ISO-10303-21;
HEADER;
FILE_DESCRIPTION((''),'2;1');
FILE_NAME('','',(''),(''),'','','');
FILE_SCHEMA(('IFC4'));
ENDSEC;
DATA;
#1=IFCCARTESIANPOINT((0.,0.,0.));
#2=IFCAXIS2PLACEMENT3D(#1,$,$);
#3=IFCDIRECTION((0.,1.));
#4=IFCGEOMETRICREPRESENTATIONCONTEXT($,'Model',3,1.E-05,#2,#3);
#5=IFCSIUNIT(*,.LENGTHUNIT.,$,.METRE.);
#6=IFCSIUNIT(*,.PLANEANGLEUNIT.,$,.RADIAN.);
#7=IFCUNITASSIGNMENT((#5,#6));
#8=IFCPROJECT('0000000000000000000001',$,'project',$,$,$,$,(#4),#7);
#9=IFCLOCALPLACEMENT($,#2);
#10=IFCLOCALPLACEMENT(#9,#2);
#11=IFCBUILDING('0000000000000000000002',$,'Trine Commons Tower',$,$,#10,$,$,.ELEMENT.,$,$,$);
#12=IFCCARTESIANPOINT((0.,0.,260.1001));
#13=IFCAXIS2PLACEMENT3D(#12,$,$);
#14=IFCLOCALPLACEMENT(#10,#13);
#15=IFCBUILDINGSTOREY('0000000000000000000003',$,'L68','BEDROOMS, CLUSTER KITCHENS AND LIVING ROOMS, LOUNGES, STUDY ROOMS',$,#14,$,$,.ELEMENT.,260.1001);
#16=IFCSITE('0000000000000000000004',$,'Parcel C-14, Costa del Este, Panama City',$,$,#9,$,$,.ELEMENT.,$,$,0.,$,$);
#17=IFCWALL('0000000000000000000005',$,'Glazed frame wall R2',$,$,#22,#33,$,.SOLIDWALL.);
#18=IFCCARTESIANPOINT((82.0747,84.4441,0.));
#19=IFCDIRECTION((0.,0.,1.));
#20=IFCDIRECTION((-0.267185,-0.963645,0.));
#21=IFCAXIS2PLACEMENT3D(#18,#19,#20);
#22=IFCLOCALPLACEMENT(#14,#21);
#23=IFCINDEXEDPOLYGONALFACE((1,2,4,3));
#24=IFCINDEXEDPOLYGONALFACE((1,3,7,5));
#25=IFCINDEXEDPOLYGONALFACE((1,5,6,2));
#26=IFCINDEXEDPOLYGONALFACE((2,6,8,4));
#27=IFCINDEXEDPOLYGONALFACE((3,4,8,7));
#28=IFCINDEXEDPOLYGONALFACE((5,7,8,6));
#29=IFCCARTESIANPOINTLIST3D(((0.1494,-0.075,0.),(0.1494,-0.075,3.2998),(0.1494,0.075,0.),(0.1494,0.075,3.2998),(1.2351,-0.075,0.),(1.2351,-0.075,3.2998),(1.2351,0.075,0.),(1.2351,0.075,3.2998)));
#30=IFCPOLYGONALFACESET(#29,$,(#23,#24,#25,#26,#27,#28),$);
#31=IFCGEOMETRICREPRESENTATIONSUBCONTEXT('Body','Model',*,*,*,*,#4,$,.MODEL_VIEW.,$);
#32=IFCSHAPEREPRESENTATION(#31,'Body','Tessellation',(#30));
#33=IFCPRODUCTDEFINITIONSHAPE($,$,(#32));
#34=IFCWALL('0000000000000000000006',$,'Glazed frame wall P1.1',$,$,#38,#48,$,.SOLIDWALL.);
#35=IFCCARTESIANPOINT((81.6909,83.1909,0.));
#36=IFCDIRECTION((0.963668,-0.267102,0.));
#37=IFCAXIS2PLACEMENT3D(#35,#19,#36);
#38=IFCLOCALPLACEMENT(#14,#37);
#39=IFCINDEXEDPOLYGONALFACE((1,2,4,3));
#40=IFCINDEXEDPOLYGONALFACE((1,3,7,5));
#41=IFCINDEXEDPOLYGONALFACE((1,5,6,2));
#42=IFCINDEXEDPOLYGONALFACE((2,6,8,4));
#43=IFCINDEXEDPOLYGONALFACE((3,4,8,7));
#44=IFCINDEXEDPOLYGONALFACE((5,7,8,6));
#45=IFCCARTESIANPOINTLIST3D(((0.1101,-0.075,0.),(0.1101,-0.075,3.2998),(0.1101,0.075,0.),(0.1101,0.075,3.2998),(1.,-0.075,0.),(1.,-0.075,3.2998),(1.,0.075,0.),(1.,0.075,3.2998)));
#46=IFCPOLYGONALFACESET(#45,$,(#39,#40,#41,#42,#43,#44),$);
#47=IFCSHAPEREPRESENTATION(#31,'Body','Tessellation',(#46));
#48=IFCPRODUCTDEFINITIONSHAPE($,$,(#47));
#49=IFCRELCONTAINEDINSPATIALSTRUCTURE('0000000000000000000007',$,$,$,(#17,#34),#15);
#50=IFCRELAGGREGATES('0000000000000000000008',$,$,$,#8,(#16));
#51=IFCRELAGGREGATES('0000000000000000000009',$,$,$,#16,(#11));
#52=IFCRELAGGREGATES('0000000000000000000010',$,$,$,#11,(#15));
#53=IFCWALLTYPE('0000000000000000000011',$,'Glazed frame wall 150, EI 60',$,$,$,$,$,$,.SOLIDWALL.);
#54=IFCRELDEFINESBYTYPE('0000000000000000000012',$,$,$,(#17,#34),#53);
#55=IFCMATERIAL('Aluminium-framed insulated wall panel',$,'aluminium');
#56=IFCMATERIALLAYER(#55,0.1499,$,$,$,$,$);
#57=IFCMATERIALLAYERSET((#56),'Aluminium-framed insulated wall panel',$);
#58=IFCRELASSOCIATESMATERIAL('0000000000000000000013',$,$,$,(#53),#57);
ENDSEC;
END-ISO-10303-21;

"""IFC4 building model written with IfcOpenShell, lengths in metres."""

from ifc_helpers import new_model, si_unit, direction, frame, origin, place, context, subcontext, project, spatial, polyline, outline, extrude, material, layer, layer_set, type_object, element, save


model = new_model("IFC4")

# Units and contexts
model_context = context("Model", 3, precision=1e-05, world=origin(), true_north=direction((0.0, 1.0)))
body_context = subcontext(model_context, "Body", "Model", "MODEL_VIEW")
ifc_project = project(units=[si_unit("LENGTHUNIT", "METRE"), si_unit("PLANEANGLEUNIT", "RADIAN")], contexts=[model_context])

# Site, building, storey
site_placement = place(None, origin())
site = spatial("IfcSite", under=ifc_project, at=site_placement, Name="Parcel C-14, Costa del Este, Panama City", CompositionType="ELEMENT", RefElevation=0.0)
building_placement = place(site_placement, origin())
building = spatial("IfcBuilding", under=site, at=building_placement, Name="Trine Commons Tower", CompositionType="ELEMENT")
storey_placement = place(building_placement, frame((0.0, 0.0, 260.1001)))
storey = spatial("IfcBuildingStorey", under=building, at=storey_placement, Name="L68", Description="BEDROOMS, CLUSTER KITCHENS AND LIVING ROOMS, LOUNGES, STUDY ROOMS", CompositionType="ELEMENT", Elevation=260.1001)

# Walls
ifc_material_1 = material(Name="Aluminium-framed insulated wall panel", Category="aluminium")
ifc_layer_1 = layer(ifc_material_1, 0.1499)
ifc_layer_set_1 = layer_set([ifc_layer_1], Name="Aluminium-framed insulated wall panel")
wall_type_1 = type_object("IfcWallType", Name="Glazed frame wall 150, EI 60", PredefinedType="SOLIDWALL", material=ifc_layer_set_1)
wall_1_placement = place(storey_placement, frame((82.0747, 84.4441, 0.0), z_axis=(0.0, 0.0, 1.0), x_axis=(-0.267185, -0.963645, 0.0)))
element("IfcWall", 1, at=wall_1_placement, inside=storey, type_object=wall_type_1, Name="Glazed frame wall R2", PredefinedType="SOLIDWALL", context=body_context, shape_type="SweptSolid", body=[
    extrude(outline(polyline([(0.1494, 0.075), (0.1494, -0.075), (1.2351, -0.075), (1.2351, 0.075), (0.1494, 0.075)])), origin(), (0.0, 0.0, 1.0), 3.2998),
])
wall_2_placement = place(storey_placement, frame((81.6909, 83.1909, 0.0), z_axis=(0.0, 0.0, 1.0), x_axis=(0.963668, -0.267102, 0.0)))
element("IfcWall", 2, at=wall_2_placement, inside=storey, type_object=wall_type_1, Name="Glazed frame wall P1.1", PredefinedType="SOLIDWALL", context=body_context, shape_type="SweptSolid", body=[
    extrude(outline(polyline([(0.1101, -0.075), (1.0, -0.075), (1.0, 0.075), (0.1101, 0.075), (0.1101, -0.075)])), origin(), (0.0, 0.0, 1.0), 3.2998),
])

save(model, "model.ifc")
